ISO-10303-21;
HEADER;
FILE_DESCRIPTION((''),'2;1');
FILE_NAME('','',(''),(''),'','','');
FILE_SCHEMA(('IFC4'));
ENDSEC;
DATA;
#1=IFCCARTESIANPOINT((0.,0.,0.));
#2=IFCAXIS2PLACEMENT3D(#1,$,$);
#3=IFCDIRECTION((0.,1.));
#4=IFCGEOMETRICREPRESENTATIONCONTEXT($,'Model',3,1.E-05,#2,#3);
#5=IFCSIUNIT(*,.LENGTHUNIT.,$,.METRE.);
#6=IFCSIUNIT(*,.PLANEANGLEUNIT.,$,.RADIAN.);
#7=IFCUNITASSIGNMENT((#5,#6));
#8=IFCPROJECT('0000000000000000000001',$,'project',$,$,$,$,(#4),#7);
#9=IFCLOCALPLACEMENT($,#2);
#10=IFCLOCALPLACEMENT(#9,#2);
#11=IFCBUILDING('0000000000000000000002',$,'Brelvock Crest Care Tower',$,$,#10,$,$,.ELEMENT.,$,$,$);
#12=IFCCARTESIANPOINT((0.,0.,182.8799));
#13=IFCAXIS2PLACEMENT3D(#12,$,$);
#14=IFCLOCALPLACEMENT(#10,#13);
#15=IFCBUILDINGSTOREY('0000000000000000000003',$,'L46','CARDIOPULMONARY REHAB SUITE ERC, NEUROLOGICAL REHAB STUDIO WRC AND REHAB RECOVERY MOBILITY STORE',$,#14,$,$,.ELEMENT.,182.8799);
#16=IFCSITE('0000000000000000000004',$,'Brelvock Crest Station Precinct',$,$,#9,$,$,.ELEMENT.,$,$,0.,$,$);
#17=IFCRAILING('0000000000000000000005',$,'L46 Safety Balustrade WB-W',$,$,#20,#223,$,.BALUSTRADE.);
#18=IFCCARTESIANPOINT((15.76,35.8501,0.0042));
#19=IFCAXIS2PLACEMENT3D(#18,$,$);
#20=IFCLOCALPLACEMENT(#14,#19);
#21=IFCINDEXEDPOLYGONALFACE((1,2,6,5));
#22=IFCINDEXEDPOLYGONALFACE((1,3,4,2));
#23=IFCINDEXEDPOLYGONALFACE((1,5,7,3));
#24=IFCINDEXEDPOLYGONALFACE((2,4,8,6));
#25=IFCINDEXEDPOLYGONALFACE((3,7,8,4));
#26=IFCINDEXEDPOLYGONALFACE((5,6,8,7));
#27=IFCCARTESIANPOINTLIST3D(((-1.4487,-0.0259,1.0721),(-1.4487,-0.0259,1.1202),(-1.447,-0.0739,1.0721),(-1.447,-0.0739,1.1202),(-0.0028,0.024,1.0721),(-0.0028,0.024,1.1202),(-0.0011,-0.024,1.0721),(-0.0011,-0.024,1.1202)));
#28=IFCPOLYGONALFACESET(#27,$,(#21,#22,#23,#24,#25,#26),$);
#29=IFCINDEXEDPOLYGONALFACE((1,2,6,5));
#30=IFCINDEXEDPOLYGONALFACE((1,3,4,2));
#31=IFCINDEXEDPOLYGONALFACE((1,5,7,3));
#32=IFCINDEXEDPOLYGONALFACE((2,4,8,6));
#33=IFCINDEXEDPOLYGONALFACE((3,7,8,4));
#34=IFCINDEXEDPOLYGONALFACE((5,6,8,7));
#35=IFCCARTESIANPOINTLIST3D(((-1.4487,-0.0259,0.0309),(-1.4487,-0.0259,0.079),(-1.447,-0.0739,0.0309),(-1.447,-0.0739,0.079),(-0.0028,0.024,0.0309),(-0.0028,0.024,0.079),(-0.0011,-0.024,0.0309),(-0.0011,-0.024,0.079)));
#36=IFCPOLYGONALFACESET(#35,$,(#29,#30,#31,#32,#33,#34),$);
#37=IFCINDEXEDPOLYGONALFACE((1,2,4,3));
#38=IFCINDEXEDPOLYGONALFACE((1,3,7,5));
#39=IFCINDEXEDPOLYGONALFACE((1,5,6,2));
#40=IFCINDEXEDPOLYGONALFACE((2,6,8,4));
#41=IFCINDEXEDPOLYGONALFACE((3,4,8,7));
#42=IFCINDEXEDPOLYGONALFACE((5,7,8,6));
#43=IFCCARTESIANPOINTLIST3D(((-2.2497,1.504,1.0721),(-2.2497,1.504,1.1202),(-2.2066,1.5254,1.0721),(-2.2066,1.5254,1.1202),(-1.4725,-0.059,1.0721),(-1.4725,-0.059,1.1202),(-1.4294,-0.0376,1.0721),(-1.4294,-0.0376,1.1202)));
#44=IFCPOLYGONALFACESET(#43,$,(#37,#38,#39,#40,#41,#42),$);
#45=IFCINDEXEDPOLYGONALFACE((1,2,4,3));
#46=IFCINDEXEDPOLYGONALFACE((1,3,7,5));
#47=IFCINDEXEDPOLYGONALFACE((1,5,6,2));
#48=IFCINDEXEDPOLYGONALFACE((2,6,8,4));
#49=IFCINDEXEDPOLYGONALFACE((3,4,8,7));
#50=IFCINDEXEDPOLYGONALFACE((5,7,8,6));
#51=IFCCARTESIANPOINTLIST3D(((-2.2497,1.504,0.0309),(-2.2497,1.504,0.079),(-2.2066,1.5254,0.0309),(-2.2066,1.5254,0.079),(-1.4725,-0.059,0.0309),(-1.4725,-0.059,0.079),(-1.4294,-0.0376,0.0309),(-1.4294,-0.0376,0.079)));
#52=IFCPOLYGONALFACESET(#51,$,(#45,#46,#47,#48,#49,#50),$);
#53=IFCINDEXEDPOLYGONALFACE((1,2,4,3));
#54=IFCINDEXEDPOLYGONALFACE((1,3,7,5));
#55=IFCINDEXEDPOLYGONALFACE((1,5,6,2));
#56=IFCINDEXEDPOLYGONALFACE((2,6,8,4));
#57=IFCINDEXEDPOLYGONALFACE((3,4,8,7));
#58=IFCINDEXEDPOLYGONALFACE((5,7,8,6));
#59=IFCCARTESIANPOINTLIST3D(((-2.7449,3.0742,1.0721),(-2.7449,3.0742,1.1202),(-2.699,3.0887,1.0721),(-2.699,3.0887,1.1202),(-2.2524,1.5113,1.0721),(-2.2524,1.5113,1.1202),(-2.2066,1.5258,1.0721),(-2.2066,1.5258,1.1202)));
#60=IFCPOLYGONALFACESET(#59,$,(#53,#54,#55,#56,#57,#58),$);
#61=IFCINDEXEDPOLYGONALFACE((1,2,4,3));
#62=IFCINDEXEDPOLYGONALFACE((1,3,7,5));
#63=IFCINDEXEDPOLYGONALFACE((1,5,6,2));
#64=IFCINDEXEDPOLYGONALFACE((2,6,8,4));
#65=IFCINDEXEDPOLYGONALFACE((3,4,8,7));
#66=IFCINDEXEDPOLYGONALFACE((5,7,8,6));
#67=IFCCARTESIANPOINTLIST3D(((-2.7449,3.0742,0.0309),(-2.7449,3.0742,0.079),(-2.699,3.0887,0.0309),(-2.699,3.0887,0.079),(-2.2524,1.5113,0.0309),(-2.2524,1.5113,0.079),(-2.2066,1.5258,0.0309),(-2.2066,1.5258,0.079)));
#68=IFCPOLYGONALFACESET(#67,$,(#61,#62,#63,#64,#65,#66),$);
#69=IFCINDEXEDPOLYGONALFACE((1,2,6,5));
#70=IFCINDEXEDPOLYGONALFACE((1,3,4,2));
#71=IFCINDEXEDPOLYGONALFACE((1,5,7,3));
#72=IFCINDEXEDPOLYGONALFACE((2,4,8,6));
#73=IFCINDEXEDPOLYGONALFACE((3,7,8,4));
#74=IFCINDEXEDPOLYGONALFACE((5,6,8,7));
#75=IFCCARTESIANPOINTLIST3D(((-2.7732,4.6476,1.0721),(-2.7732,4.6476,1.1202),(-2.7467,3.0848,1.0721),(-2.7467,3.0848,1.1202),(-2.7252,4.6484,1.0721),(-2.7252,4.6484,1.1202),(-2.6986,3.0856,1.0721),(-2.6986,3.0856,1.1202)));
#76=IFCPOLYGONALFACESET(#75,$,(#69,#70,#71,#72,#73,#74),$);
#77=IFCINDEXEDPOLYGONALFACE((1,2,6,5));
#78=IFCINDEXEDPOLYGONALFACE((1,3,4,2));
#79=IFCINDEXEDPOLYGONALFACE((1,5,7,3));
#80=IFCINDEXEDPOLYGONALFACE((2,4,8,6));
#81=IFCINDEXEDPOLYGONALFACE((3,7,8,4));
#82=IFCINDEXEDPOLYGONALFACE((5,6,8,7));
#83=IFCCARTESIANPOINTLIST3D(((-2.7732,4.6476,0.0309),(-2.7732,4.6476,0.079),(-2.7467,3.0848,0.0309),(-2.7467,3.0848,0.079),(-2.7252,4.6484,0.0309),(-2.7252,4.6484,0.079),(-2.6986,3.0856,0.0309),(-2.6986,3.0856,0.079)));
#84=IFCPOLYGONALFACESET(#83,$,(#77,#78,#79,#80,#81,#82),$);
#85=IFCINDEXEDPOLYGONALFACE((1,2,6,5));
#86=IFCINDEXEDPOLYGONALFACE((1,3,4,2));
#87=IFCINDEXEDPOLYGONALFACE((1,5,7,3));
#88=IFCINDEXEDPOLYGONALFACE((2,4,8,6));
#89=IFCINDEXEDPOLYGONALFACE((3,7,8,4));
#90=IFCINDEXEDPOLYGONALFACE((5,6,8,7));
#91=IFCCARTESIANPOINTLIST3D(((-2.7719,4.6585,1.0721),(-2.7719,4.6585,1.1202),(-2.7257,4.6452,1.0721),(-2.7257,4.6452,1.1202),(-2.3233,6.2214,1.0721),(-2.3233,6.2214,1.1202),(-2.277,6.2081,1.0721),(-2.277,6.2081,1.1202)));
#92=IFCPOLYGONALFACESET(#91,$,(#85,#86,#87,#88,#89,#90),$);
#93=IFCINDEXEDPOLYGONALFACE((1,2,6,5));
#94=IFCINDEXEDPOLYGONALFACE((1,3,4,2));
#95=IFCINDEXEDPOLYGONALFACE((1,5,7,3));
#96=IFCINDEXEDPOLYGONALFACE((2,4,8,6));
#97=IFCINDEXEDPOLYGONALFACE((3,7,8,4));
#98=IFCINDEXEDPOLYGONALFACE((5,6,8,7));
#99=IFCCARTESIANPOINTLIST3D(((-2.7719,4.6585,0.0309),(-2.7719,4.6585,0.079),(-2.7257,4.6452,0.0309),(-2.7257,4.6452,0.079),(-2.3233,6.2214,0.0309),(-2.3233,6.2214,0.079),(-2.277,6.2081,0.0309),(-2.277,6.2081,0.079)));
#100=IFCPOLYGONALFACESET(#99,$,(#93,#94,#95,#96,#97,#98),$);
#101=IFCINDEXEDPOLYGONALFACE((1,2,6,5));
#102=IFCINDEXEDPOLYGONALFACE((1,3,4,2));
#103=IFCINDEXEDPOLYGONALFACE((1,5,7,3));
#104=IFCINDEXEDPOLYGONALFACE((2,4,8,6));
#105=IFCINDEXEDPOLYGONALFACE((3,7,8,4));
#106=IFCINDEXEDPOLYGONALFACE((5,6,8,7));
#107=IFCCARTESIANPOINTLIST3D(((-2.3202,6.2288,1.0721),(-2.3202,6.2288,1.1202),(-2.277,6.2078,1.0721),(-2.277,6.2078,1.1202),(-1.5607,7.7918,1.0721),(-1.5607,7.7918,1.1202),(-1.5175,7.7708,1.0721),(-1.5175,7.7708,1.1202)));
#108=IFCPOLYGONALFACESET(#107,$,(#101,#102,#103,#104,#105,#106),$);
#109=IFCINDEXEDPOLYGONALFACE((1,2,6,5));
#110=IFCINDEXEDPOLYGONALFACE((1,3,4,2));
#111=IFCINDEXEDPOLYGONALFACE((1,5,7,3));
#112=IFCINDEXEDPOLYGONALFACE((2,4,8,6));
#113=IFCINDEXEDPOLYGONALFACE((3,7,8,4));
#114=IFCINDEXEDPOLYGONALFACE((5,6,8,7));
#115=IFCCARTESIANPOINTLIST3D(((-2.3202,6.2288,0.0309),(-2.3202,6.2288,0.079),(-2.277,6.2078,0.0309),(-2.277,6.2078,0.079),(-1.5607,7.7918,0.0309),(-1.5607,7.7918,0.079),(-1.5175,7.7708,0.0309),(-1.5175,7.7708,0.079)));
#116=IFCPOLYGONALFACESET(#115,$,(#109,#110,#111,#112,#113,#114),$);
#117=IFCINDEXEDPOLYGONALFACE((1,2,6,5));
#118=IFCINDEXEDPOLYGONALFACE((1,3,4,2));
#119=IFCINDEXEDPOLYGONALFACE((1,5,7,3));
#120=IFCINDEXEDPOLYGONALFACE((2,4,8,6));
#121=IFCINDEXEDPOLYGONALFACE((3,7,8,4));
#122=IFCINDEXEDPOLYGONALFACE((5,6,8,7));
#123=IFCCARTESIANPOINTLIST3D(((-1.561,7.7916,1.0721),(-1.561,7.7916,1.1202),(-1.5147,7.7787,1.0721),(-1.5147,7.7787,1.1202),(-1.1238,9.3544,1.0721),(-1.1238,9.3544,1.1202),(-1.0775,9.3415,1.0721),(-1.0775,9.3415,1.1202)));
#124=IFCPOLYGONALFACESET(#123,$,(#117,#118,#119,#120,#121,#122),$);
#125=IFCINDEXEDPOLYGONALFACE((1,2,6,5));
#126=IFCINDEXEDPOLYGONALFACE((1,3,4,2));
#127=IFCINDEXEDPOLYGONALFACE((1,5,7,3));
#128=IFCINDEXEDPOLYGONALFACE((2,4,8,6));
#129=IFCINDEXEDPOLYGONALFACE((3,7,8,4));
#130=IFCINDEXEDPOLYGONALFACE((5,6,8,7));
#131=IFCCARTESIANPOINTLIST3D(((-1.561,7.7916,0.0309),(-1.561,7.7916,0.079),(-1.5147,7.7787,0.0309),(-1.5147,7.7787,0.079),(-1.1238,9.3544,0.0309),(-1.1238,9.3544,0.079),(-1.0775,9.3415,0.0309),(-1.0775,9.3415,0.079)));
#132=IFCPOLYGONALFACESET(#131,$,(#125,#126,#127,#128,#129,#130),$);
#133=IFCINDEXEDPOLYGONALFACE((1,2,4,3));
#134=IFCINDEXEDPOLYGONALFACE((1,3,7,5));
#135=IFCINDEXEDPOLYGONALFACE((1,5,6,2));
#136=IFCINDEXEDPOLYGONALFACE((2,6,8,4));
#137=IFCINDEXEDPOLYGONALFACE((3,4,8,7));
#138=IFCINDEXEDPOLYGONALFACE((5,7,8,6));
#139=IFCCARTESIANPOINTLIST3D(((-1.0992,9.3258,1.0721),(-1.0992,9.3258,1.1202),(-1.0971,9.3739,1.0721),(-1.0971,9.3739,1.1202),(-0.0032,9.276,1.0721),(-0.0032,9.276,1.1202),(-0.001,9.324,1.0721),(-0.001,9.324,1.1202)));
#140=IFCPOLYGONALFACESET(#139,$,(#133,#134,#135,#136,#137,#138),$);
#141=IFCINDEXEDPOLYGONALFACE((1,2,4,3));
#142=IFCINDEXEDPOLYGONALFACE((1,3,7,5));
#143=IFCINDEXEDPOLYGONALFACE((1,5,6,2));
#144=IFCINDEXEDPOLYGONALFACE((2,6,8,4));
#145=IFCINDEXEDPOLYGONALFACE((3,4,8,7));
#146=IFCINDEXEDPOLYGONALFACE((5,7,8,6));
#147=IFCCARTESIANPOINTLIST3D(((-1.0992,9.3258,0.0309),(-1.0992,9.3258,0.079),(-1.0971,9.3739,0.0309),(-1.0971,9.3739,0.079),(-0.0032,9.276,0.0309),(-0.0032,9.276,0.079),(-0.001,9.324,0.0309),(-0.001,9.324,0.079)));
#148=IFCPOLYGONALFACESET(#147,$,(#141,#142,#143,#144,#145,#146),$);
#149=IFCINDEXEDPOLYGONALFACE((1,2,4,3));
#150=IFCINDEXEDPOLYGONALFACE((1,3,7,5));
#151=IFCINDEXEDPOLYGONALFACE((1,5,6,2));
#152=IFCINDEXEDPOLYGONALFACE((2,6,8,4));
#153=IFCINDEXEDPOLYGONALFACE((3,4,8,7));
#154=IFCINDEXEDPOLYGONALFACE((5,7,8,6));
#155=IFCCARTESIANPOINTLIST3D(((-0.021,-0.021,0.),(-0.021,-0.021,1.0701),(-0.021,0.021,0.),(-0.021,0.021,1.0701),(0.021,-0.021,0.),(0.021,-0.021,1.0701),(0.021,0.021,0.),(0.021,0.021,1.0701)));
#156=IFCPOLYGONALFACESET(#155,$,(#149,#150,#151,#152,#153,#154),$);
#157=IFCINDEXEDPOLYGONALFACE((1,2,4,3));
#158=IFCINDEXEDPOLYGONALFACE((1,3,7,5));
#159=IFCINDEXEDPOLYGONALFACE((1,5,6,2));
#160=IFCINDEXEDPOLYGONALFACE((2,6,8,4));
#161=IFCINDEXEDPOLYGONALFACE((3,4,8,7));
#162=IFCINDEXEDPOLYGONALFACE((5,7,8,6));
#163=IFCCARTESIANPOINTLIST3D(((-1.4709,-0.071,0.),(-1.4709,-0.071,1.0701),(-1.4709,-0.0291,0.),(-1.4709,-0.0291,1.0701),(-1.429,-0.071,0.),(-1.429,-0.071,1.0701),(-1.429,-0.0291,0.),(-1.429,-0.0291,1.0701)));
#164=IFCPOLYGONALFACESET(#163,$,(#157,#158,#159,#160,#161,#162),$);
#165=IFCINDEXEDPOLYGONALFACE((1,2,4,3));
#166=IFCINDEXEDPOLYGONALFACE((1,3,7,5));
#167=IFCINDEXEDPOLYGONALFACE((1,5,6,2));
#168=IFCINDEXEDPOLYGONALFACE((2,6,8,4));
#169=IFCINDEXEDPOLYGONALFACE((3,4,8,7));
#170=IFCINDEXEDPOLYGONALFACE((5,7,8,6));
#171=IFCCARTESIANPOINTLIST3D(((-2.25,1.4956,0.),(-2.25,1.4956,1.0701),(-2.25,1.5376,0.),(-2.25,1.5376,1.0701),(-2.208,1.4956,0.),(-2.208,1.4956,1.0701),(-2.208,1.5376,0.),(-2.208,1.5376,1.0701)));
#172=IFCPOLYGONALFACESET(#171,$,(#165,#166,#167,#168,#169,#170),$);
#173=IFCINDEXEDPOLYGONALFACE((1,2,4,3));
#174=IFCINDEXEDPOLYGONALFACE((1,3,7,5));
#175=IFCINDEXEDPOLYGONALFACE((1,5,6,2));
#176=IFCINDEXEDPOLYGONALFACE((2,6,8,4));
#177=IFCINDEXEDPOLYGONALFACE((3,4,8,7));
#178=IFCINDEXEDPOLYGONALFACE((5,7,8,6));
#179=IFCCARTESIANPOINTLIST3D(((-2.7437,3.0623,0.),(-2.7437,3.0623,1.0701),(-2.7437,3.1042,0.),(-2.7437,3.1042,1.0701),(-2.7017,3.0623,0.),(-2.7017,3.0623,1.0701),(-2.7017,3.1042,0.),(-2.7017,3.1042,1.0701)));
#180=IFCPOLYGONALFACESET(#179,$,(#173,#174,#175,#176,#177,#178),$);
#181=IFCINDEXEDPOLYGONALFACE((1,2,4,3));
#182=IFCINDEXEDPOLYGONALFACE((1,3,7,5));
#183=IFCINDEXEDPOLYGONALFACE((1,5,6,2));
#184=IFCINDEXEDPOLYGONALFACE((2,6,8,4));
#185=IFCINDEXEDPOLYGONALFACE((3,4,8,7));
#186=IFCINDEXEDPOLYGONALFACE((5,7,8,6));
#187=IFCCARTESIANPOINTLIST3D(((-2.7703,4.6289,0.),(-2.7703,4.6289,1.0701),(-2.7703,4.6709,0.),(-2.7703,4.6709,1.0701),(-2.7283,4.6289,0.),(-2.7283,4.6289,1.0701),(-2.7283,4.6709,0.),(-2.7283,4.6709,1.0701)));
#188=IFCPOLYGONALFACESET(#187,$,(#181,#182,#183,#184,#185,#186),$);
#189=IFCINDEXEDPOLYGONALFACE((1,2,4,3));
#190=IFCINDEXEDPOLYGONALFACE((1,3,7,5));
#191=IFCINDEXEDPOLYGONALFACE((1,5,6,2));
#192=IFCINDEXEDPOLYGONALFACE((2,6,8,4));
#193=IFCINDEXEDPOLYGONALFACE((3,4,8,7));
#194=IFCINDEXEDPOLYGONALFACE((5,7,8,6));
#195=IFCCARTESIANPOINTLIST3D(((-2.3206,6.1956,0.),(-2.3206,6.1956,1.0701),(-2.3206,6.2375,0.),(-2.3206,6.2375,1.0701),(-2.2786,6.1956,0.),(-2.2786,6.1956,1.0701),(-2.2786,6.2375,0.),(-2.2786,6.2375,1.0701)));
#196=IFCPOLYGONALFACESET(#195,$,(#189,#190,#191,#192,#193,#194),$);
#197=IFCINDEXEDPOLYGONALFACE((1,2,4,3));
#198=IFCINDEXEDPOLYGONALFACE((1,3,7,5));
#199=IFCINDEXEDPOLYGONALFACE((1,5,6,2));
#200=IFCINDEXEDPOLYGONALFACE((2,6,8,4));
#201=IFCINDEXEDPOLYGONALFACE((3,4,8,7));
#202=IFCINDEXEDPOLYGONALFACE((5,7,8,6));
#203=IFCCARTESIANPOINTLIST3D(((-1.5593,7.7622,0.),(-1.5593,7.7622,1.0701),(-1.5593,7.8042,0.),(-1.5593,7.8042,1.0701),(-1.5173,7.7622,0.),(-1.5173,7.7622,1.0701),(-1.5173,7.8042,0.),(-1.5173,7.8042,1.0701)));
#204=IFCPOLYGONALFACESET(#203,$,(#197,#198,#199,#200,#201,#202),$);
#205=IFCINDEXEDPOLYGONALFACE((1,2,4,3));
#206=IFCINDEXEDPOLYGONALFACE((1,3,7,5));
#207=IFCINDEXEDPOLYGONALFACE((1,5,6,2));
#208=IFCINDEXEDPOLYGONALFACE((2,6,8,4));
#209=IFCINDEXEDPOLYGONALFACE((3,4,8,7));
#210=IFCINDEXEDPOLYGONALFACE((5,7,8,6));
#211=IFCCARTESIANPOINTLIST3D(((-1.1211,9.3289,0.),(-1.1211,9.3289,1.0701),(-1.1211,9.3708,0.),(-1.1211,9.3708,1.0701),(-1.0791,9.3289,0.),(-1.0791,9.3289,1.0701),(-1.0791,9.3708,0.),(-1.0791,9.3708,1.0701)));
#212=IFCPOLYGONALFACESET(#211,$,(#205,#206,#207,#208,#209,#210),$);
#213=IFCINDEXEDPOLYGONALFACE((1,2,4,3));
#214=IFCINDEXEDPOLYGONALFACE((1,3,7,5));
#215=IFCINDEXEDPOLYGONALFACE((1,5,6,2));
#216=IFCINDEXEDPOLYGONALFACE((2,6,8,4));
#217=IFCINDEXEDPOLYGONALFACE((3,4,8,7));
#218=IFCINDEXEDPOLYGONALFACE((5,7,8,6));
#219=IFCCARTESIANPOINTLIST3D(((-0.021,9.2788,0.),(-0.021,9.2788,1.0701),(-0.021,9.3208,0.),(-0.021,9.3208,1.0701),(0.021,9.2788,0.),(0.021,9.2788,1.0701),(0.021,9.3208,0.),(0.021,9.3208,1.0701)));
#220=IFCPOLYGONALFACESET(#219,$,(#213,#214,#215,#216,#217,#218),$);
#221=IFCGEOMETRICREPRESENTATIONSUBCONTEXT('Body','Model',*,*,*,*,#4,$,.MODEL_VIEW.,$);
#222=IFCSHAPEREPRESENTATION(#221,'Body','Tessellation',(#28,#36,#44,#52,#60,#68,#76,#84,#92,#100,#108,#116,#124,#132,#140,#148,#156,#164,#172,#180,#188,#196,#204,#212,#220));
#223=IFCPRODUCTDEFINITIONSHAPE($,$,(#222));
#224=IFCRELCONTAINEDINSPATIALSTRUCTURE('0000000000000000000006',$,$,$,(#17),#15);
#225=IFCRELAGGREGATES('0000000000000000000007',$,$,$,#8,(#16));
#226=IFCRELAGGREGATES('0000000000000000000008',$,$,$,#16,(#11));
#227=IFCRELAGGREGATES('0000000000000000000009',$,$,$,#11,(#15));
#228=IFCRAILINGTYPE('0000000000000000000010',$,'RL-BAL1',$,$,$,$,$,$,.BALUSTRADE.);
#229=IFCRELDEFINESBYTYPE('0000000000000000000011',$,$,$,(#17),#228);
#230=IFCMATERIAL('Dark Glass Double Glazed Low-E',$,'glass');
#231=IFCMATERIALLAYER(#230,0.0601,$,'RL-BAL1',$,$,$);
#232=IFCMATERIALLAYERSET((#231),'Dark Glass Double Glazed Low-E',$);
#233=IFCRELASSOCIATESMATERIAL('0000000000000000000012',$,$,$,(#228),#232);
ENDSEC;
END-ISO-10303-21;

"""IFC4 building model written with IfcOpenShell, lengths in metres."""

from ifc_helpers import new_model, si_unit, direction, frame, origin, origin_2d, place, context, subcontext, project, spatial, rectangle, extrude, material, layer, layer_set, type_object, element, save


model = new_model("IFC4")

# Units and contexts
model_context = context("Model", 3, precision=1e-05, world=origin(), true_north=direction((0.0, 1.0)))
body_context = subcontext(model_context, "Body", "Model", "MODEL_VIEW")
ifc_project = project(units=[si_unit("LENGTHUNIT", "METRE"), si_unit("PLANEANGLEUNIT", "RADIAN")], contexts=[model_context])

# Site, building, storey
site_placement = place(None, origin())
site = spatial("IfcSite", under=ifc_project, at=site_placement, Name="Brelvock Crest Station Precinct", CompositionType="ELEMENT", RefElevation=0.0)
building_placement = place(site_placement, origin())
building = spatial("IfcBuilding", under=site, at=building_placement, Name="Brelvock Crest Care Tower", CompositionType="ELEMENT")
storey_placement = place(building_placement, frame((0.0, 0.0, 182.8799)))
storey = spatial("IfcBuildingStorey", under=building, at=storey_placement, Name="L46", Description="CARDIOPULMONARY REHAB SUITE ERC, NEUROLOGICAL REHAB STUDIO WRC AND REHAB RECOVERY MOBILITY STORE", CompositionType="ELEMENT", Elevation=182.8799)

# Shared definitions
ifc_material_1 = material(Name="Dark Glass Double Glazed Low-E", Category="glass")

# Railing
ifc_layer_1 = layer(ifc_material_1, 0.0601, Name="RL-BAL1")
ifc_layer_set_1 = layer_set([ifc_layer_1], Name="Dark Glass Double Glazed Low-E")
railing_type = type_object("IfcRailingType", Name="RL-BAL1", PredefinedType="BALUSTRADE", material=ifc_layer_set_1)
railing_placement = place(storey_placement, frame((15.76, 35.8501, 0.0042)))
element("IfcRailing", 1, at=railing_placement, inside=storey, type_object=railing_type, Name="L46 Safety Balustrade WB-W", PredefinedType="BALUSTRADE", context=body_context, shape_type="SweptSolid", body=[
    extrude(rectangle(XDim=0.0481, YDim=0.0481, at=origin_2d()), frame((-0.002, 0.0, 1.0962), z_axis=(-0.999405, -0.034497, 0.0), x_axis=(0.034497, -0.999405, 0.0)), (0.0, 0.0, 1.0), 1.4468),
    extrude(rectangle(XDim=0.0481, YDim=0.0481, at=origin_2d()), frame((-0.002, 0.0, 0.0549), z_axis=(-0.999405, -0.034497, 0.0), x_axis=(0.034497, -0.999405, 0.0)), (0.0, 0.0, 1.0), 1.4468),
    extrude(rectangle(XDim=0.0481, YDim=0.0481, at=origin_2d()), frame((-1.4509, -0.0483, 1.0962), z_axis=(-0.445259, 0.895402, 0.0), x_axis=(-0.895402, -0.445259, 0.0)), (0.0, 0.0, 1.0), 1.7456),
    extrude(rectangle(XDim=0.0481, YDim=0.0481, at=origin_2d()), frame((-1.4509, -0.0483, 0.0549), z_axis=(-0.445259, 0.895402, 0.0), x_axis=(-0.895402, -0.445259, 0.0)), (0.0, 0.0, 1.0), 1.7456),
    extrude(rectangle(XDim=0.0481, YDim=0.0481, at=origin_2d()), frame((-2.2295, 1.5186, 1.0962), z_axis=(-0.300534, 0.953771, 0.0), x_axis=(-0.953771, -0.300534, 0.0)), (0.0, 0.0, 1.0), 1.6387),
    extrude(rectangle(XDim=0.0481, YDim=0.0481, at=origin_2d()), frame((-2.2295, 1.5186, 0.0549), z_axis=(-0.300534, 0.953771, 0.0), x_axis=(-0.953771, -0.300534, 0.0)), (0.0, 0.0, 1.0), 1.6387),
    extrude(rectangle(XDim=0.0481, YDim=0.0481, at=origin_2d()), frame((-2.7227, 3.0852, 1.0962), z_axis=(-0.016984, 0.999856, 0.0), x_axis=(-0.999856, -0.016984, 0.0)), (0.0, 0.0, 1.0), 1.563),
    extrude(rectangle(XDim=0.0481, YDim=0.0481, at=origin_2d()), frame((-2.7227, 3.0852, 0.0549), z_axis=(-0.016984, 0.999856, 0.0), x_axis=(-0.999856, -0.016984, 0.0)), (0.0, 0.0, 1.0), 1.563),
    extrude(rectangle(XDim=0.0481, YDim=0.0481, at=origin_2d()), frame((-2.7488, 4.6519, 1.0962), z_axis=(0.275908, 0.961184, 0.0), x_axis=(-0.961184, 0.275908, 0.0)), (0.0, 0.0, 1.0), 1.626),
    extrude(rectangle(XDim=0.0481, YDim=0.0481, at=origin_2d()), frame((-2.7488, 4.6519, 0.0549), z_axis=(0.275908, 0.961184, 0.0), x_axis=(-0.961184, 0.275908, 0.0)), (0.0, 0.0, 1.0), 1.626),
    extrude(rectangle(XDim=0.0481, YDim=0.0481, at=origin_2d()), frame((-2.2986, 6.2183, 1.0962), z_axis=(0.437037, 0.899444, 0.0), x_axis=(-0.899444, 0.437037, 0.0)), (0.0, 0.0, 1.0), 1.7378),
    extrude(rectangle(XDim=0.0481, YDim=0.0481, at=origin_2d()), frame((-2.2986, 6.2183, 0.0549), z_axis=(0.437037, 0.899444, 0.0), x_axis=(-0.899444, 0.437037, 0.0)), (0.0, 0.0, 1.0), 1.7378),
    extrude(rectangle(XDim=0.0481, YDim=0.0481, at=origin_2d()), frame((-1.5378, 7.7852, 1.0962), z_axis=(0.269385, 0.963033, 0.0), x_axis=(-0.963033, 0.269385, 0.0)), (0.0, 0.0, 1.0), 1.6228),
    extrude(rectangle(XDim=0.0481, YDim=0.0481, at=origin_2d()), frame((-1.5378, 7.7852, 0.0549), z_axis=(0.269385, 0.963033, 0.0), x_axis=(-0.963033, 0.269385, 0.0)), (0.0, 0.0, 1.0), 1.6228),
    extrude(rectangle(XDim=0.0481, YDim=0.0481, at=origin_2d()), frame((-1.0981, 9.3499, 1.0962), z_axis=(0.998967, -0.045448, 0.0), x_axis=(0.045448, 0.998967, 0.0)), (0.0, 0.0, 1.0), 1.0972),
    extrude(rectangle(XDim=0.0481, YDim=0.0481, at=origin_2d()), frame((-1.0981, 9.3499, 0.0549), z_axis=(0.998967, -0.045448, 0.0), x_axis=(0.045448, 0.998967, 0.0)), (0.0, 0.0, 1.0), 1.0972),
    extrude(rectangle(XDim=0.042, YDim=0.042, at=origin_2d()), origin(), (0.0, 0.0, 1.0), 1.0701),
    extrude(rectangle(XDim=0.042, YDim=0.042, at=origin_2d()), frame((-1.45, -0.05, 0.0)), (0.0, 0.0, 1.0), 1.0701),
    extrude(rectangle(XDim=0.042, YDim=0.042, at=origin_2d()), frame((-2.229, 1.5166, 0.0)), (0.0, 0.0, 1.0), 1.0701),
    extrude(rectangle(XDim=0.042, YDim=0.042, at=origin_2d()), frame((-2.7227, 3.0833, 0.0)), (0.0, 0.0, 1.0), 1.0701),
    extrude(rectangle(XDim=0.042, YDim=0.042, at=origin_2d()), frame((-2.7493, 4.6499, 0.0)), (0.0, 0.0, 1.0), 1.0701),
    extrude(rectangle(XDim=0.042, YDim=0.042, at=origin_2d()), frame((-2.2996, 6.2166, 0.0)), (0.0, 0.0, 1.0), 1.0701),
    extrude(rectangle(XDim=0.042, YDim=0.042, at=origin_2d()), frame((-1.5383, 7.7832, 0.0)), (0.0, 0.0, 1.0), 1.0701),
    extrude(rectangle(XDim=0.042, YDim=0.042, at=origin_2d()), frame((-1.1001, 9.3499, 0.0)), (0.0, 0.0, 1.0), 1.0701),
    extrude(rectangle(XDim=0.042, YDim=0.042, at=origin_2d()), frame((0.0, 9.2998, 0.0)), (0.0, 0.0, 1.0), 1.0701),
])

save(model, "model.ifc")
